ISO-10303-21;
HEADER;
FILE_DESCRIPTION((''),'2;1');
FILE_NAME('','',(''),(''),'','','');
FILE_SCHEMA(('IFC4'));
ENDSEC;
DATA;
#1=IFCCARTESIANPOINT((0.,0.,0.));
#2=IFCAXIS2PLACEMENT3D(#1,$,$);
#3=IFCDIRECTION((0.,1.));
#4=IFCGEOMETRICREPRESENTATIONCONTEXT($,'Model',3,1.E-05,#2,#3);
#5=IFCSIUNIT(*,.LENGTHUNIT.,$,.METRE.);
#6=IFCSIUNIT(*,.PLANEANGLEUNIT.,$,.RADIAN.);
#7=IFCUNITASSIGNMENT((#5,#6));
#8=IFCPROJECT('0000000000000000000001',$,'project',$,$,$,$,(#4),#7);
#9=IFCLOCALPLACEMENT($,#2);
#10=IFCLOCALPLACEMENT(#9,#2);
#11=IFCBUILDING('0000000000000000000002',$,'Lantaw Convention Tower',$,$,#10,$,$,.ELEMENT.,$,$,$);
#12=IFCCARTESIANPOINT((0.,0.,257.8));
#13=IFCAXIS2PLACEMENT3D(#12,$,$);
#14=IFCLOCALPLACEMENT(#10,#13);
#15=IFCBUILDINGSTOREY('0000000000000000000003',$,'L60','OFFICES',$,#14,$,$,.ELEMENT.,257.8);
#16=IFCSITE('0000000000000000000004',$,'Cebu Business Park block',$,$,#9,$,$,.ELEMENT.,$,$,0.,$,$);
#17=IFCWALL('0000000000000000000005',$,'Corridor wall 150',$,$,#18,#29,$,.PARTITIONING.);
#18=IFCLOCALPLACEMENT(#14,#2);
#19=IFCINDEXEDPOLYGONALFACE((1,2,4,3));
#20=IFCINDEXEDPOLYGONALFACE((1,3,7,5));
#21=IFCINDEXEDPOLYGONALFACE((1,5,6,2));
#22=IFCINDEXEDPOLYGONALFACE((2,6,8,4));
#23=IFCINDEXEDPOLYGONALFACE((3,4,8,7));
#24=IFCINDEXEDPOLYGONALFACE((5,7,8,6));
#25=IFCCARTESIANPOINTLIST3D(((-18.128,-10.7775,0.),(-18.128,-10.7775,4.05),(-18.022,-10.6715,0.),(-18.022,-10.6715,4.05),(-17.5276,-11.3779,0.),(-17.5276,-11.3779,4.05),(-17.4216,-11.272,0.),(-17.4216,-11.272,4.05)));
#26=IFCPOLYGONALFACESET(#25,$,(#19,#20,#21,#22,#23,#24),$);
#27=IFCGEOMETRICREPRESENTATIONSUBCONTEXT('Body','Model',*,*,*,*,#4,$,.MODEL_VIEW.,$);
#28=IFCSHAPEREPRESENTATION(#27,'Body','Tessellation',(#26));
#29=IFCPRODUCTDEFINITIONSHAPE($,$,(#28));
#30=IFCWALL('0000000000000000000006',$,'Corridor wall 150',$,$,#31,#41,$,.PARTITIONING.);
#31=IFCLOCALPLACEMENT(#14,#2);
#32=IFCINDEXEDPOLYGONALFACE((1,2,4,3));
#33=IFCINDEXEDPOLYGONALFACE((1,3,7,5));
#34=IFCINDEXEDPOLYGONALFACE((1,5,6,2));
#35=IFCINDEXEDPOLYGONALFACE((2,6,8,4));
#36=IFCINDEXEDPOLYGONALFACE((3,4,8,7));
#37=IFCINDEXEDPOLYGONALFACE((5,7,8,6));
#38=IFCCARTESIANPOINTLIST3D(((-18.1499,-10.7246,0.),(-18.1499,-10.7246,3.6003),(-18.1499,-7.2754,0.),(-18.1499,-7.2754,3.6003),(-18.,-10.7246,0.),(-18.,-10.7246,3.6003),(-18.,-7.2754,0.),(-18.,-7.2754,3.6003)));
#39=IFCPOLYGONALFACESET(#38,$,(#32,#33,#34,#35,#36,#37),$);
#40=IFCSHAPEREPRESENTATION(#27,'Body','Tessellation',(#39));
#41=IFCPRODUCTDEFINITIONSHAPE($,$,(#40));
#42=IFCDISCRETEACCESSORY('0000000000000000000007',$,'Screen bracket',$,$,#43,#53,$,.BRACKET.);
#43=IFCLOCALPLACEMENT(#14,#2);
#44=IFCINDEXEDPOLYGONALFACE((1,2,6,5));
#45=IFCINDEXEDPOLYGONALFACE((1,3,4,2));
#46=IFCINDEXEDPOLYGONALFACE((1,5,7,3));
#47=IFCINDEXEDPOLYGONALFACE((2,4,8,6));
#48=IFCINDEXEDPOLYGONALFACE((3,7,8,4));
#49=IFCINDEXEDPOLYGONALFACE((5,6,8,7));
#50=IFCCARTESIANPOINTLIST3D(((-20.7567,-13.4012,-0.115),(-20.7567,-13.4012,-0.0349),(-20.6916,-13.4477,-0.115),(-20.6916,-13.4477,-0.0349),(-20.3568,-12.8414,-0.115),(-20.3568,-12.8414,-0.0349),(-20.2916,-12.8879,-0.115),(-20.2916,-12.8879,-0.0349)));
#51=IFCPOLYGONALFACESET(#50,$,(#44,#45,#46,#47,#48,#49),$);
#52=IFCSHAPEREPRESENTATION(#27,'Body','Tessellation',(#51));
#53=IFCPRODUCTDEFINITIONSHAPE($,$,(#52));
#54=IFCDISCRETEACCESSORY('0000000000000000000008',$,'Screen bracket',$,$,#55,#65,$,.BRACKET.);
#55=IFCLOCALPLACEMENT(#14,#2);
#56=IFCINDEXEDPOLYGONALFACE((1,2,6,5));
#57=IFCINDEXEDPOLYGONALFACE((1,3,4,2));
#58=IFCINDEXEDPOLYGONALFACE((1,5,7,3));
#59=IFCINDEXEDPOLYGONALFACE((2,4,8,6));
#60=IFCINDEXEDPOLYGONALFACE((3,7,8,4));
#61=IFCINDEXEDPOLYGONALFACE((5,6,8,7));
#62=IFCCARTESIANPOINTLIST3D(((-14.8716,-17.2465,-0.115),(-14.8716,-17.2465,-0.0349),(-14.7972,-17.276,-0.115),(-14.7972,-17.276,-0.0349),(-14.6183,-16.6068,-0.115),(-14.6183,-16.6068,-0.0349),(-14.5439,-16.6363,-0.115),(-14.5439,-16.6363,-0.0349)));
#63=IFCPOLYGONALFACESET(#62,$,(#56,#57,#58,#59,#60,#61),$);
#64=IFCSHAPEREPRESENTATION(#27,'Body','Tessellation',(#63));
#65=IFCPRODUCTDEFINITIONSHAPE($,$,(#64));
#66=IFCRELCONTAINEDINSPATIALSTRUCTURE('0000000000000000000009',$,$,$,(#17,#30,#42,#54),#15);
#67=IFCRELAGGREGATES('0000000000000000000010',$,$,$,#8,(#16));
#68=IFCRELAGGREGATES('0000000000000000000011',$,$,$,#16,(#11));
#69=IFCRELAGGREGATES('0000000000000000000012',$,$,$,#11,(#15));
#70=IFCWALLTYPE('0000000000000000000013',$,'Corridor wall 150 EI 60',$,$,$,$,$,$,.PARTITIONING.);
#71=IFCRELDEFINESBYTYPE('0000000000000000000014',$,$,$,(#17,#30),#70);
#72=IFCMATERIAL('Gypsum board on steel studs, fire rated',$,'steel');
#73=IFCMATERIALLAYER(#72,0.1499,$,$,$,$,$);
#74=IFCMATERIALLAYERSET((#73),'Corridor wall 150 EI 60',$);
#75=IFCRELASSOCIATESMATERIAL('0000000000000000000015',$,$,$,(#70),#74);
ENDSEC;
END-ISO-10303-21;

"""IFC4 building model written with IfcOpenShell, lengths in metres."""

from ifc_helpers import new_model, si_unit, direction, frame, frame_2d, origin, origin_2d, place, context, subcontext, project, spatial, rectangle, extrude, material, layer, layer_set, type_object, element, save


model = new_model("IFC4")

# Units and contexts
model_context = context("Model", 3, precision=1e-05, world=origin(), true_north=direction((0.0, 1.0)))
body_context = subcontext(model_context, "Body", "Model", "MODEL_VIEW")
ifc_project = project(units=[si_unit("LENGTHUNIT", "METRE"), si_unit("PLANEANGLEUNIT", "RADIAN")], contexts=[model_context])

# Site, building, storey
site_placement = place(None, origin())
site = spatial("IfcSite", under=ifc_project, at=site_placement, Name="Cebu Business Park block", CompositionType="ELEMENT", RefElevation=0.0)
building_placement = place(site_placement, origin())
building = spatial("IfcBuilding", under=site, at=building_placement, Name="Lantaw Convention Tower", CompositionType="ELEMENT")
storey_placement = place(building_placement, frame((0.0, 0.0, 257.8)))
storey = spatial("IfcBuildingStorey", under=building, at=storey_placement, Name="L60", Description="OFFICES", CompositionType="ELEMENT", Elevation=257.8)

# Walls
ifc_material_1 = material(Name="Gypsum board on steel studs, fire rated", Category="steel")
ifc_layer_1 = layer(ifc_material_1, 0.1499)
ifc_layer_set_1 = layer_set([ifc_layer_1], Name="Corridor wall 150 EI 60")
wall_type = type_object("IfcWallType", Name="Corridor wall 150 EI 60", PredefinedType="PARTITIONING", material=ifc_layer_set_1)
wall_1_placement = place(storey_placement, frame((-17.4746, -11.325, 0.0), z_axis=(0.0, 0.0, 1.0), x_axis=(-0.707107, 0.707107, 0.0)))
element("IfcWall", 1, at=wall_1_placement, inside=storey, type_object=wall_type, Name="Corridor wall 150", PredefinedType="PARTITIONING", context=body_context, shape_type="SweptSolid", body=[
    extrude(rectangle(XDim=0.8491, YDim=0.1499, at=frame_2d((0.4246, 0.0))), origin(), (0.0, 0.0, 1.0), 4.05),
])
wall_2_placement = place(storey_placement, frame((-18.075, -10.7246, 0.0), z_axis=(0.0, 0.0, 1.0), x_axis=(0.0, 1.0, 0.0)))
element("IfcWall", 2, at=wall_2_placement, inside=storey, type_object=wall_type, Name="Corridor wall 150", PredefinedType="PARTITIONING", context=body_context, shape_type="SweptSolid", body=[
    extrude(rectangle(XDim=3.4492, YDim=0.1499, at=frame_2d((1.7246, 0.0))), origin(), (0.0, 0.0, 1.0), 3.6003),
])

# Discrete accessories
for number, where, z_axis, x_axis, name in (
    (3, (-20.5242, -13.1445, -0.115), (0.0, 0.0, 1.0), (0.813673, -0.581323, 0.0), "Screen bracket"),
    (4, (-14.7078, -16.9414, -0.115), (0.0, 0.0, 1.0), (0.929762, -0.368162, 0.0), "Screen bracket"),
):
    element("IfcDiscreteAccessory", number, at=place(storey_placement, frame(where, z_axis=z_axis, x_axis=x_axis)), inside=storey, Name=name, PredefinedType="BRACKET", context=body_context, shape_type="SweptSolid", body=[
        extrude(rectangle(XDim=0.0801, YDim=0.688, at=origin_2d()), origin(), (0.0, 0.0, 1.0), 0.0801),
    ])

save(model, "model.ifc")
